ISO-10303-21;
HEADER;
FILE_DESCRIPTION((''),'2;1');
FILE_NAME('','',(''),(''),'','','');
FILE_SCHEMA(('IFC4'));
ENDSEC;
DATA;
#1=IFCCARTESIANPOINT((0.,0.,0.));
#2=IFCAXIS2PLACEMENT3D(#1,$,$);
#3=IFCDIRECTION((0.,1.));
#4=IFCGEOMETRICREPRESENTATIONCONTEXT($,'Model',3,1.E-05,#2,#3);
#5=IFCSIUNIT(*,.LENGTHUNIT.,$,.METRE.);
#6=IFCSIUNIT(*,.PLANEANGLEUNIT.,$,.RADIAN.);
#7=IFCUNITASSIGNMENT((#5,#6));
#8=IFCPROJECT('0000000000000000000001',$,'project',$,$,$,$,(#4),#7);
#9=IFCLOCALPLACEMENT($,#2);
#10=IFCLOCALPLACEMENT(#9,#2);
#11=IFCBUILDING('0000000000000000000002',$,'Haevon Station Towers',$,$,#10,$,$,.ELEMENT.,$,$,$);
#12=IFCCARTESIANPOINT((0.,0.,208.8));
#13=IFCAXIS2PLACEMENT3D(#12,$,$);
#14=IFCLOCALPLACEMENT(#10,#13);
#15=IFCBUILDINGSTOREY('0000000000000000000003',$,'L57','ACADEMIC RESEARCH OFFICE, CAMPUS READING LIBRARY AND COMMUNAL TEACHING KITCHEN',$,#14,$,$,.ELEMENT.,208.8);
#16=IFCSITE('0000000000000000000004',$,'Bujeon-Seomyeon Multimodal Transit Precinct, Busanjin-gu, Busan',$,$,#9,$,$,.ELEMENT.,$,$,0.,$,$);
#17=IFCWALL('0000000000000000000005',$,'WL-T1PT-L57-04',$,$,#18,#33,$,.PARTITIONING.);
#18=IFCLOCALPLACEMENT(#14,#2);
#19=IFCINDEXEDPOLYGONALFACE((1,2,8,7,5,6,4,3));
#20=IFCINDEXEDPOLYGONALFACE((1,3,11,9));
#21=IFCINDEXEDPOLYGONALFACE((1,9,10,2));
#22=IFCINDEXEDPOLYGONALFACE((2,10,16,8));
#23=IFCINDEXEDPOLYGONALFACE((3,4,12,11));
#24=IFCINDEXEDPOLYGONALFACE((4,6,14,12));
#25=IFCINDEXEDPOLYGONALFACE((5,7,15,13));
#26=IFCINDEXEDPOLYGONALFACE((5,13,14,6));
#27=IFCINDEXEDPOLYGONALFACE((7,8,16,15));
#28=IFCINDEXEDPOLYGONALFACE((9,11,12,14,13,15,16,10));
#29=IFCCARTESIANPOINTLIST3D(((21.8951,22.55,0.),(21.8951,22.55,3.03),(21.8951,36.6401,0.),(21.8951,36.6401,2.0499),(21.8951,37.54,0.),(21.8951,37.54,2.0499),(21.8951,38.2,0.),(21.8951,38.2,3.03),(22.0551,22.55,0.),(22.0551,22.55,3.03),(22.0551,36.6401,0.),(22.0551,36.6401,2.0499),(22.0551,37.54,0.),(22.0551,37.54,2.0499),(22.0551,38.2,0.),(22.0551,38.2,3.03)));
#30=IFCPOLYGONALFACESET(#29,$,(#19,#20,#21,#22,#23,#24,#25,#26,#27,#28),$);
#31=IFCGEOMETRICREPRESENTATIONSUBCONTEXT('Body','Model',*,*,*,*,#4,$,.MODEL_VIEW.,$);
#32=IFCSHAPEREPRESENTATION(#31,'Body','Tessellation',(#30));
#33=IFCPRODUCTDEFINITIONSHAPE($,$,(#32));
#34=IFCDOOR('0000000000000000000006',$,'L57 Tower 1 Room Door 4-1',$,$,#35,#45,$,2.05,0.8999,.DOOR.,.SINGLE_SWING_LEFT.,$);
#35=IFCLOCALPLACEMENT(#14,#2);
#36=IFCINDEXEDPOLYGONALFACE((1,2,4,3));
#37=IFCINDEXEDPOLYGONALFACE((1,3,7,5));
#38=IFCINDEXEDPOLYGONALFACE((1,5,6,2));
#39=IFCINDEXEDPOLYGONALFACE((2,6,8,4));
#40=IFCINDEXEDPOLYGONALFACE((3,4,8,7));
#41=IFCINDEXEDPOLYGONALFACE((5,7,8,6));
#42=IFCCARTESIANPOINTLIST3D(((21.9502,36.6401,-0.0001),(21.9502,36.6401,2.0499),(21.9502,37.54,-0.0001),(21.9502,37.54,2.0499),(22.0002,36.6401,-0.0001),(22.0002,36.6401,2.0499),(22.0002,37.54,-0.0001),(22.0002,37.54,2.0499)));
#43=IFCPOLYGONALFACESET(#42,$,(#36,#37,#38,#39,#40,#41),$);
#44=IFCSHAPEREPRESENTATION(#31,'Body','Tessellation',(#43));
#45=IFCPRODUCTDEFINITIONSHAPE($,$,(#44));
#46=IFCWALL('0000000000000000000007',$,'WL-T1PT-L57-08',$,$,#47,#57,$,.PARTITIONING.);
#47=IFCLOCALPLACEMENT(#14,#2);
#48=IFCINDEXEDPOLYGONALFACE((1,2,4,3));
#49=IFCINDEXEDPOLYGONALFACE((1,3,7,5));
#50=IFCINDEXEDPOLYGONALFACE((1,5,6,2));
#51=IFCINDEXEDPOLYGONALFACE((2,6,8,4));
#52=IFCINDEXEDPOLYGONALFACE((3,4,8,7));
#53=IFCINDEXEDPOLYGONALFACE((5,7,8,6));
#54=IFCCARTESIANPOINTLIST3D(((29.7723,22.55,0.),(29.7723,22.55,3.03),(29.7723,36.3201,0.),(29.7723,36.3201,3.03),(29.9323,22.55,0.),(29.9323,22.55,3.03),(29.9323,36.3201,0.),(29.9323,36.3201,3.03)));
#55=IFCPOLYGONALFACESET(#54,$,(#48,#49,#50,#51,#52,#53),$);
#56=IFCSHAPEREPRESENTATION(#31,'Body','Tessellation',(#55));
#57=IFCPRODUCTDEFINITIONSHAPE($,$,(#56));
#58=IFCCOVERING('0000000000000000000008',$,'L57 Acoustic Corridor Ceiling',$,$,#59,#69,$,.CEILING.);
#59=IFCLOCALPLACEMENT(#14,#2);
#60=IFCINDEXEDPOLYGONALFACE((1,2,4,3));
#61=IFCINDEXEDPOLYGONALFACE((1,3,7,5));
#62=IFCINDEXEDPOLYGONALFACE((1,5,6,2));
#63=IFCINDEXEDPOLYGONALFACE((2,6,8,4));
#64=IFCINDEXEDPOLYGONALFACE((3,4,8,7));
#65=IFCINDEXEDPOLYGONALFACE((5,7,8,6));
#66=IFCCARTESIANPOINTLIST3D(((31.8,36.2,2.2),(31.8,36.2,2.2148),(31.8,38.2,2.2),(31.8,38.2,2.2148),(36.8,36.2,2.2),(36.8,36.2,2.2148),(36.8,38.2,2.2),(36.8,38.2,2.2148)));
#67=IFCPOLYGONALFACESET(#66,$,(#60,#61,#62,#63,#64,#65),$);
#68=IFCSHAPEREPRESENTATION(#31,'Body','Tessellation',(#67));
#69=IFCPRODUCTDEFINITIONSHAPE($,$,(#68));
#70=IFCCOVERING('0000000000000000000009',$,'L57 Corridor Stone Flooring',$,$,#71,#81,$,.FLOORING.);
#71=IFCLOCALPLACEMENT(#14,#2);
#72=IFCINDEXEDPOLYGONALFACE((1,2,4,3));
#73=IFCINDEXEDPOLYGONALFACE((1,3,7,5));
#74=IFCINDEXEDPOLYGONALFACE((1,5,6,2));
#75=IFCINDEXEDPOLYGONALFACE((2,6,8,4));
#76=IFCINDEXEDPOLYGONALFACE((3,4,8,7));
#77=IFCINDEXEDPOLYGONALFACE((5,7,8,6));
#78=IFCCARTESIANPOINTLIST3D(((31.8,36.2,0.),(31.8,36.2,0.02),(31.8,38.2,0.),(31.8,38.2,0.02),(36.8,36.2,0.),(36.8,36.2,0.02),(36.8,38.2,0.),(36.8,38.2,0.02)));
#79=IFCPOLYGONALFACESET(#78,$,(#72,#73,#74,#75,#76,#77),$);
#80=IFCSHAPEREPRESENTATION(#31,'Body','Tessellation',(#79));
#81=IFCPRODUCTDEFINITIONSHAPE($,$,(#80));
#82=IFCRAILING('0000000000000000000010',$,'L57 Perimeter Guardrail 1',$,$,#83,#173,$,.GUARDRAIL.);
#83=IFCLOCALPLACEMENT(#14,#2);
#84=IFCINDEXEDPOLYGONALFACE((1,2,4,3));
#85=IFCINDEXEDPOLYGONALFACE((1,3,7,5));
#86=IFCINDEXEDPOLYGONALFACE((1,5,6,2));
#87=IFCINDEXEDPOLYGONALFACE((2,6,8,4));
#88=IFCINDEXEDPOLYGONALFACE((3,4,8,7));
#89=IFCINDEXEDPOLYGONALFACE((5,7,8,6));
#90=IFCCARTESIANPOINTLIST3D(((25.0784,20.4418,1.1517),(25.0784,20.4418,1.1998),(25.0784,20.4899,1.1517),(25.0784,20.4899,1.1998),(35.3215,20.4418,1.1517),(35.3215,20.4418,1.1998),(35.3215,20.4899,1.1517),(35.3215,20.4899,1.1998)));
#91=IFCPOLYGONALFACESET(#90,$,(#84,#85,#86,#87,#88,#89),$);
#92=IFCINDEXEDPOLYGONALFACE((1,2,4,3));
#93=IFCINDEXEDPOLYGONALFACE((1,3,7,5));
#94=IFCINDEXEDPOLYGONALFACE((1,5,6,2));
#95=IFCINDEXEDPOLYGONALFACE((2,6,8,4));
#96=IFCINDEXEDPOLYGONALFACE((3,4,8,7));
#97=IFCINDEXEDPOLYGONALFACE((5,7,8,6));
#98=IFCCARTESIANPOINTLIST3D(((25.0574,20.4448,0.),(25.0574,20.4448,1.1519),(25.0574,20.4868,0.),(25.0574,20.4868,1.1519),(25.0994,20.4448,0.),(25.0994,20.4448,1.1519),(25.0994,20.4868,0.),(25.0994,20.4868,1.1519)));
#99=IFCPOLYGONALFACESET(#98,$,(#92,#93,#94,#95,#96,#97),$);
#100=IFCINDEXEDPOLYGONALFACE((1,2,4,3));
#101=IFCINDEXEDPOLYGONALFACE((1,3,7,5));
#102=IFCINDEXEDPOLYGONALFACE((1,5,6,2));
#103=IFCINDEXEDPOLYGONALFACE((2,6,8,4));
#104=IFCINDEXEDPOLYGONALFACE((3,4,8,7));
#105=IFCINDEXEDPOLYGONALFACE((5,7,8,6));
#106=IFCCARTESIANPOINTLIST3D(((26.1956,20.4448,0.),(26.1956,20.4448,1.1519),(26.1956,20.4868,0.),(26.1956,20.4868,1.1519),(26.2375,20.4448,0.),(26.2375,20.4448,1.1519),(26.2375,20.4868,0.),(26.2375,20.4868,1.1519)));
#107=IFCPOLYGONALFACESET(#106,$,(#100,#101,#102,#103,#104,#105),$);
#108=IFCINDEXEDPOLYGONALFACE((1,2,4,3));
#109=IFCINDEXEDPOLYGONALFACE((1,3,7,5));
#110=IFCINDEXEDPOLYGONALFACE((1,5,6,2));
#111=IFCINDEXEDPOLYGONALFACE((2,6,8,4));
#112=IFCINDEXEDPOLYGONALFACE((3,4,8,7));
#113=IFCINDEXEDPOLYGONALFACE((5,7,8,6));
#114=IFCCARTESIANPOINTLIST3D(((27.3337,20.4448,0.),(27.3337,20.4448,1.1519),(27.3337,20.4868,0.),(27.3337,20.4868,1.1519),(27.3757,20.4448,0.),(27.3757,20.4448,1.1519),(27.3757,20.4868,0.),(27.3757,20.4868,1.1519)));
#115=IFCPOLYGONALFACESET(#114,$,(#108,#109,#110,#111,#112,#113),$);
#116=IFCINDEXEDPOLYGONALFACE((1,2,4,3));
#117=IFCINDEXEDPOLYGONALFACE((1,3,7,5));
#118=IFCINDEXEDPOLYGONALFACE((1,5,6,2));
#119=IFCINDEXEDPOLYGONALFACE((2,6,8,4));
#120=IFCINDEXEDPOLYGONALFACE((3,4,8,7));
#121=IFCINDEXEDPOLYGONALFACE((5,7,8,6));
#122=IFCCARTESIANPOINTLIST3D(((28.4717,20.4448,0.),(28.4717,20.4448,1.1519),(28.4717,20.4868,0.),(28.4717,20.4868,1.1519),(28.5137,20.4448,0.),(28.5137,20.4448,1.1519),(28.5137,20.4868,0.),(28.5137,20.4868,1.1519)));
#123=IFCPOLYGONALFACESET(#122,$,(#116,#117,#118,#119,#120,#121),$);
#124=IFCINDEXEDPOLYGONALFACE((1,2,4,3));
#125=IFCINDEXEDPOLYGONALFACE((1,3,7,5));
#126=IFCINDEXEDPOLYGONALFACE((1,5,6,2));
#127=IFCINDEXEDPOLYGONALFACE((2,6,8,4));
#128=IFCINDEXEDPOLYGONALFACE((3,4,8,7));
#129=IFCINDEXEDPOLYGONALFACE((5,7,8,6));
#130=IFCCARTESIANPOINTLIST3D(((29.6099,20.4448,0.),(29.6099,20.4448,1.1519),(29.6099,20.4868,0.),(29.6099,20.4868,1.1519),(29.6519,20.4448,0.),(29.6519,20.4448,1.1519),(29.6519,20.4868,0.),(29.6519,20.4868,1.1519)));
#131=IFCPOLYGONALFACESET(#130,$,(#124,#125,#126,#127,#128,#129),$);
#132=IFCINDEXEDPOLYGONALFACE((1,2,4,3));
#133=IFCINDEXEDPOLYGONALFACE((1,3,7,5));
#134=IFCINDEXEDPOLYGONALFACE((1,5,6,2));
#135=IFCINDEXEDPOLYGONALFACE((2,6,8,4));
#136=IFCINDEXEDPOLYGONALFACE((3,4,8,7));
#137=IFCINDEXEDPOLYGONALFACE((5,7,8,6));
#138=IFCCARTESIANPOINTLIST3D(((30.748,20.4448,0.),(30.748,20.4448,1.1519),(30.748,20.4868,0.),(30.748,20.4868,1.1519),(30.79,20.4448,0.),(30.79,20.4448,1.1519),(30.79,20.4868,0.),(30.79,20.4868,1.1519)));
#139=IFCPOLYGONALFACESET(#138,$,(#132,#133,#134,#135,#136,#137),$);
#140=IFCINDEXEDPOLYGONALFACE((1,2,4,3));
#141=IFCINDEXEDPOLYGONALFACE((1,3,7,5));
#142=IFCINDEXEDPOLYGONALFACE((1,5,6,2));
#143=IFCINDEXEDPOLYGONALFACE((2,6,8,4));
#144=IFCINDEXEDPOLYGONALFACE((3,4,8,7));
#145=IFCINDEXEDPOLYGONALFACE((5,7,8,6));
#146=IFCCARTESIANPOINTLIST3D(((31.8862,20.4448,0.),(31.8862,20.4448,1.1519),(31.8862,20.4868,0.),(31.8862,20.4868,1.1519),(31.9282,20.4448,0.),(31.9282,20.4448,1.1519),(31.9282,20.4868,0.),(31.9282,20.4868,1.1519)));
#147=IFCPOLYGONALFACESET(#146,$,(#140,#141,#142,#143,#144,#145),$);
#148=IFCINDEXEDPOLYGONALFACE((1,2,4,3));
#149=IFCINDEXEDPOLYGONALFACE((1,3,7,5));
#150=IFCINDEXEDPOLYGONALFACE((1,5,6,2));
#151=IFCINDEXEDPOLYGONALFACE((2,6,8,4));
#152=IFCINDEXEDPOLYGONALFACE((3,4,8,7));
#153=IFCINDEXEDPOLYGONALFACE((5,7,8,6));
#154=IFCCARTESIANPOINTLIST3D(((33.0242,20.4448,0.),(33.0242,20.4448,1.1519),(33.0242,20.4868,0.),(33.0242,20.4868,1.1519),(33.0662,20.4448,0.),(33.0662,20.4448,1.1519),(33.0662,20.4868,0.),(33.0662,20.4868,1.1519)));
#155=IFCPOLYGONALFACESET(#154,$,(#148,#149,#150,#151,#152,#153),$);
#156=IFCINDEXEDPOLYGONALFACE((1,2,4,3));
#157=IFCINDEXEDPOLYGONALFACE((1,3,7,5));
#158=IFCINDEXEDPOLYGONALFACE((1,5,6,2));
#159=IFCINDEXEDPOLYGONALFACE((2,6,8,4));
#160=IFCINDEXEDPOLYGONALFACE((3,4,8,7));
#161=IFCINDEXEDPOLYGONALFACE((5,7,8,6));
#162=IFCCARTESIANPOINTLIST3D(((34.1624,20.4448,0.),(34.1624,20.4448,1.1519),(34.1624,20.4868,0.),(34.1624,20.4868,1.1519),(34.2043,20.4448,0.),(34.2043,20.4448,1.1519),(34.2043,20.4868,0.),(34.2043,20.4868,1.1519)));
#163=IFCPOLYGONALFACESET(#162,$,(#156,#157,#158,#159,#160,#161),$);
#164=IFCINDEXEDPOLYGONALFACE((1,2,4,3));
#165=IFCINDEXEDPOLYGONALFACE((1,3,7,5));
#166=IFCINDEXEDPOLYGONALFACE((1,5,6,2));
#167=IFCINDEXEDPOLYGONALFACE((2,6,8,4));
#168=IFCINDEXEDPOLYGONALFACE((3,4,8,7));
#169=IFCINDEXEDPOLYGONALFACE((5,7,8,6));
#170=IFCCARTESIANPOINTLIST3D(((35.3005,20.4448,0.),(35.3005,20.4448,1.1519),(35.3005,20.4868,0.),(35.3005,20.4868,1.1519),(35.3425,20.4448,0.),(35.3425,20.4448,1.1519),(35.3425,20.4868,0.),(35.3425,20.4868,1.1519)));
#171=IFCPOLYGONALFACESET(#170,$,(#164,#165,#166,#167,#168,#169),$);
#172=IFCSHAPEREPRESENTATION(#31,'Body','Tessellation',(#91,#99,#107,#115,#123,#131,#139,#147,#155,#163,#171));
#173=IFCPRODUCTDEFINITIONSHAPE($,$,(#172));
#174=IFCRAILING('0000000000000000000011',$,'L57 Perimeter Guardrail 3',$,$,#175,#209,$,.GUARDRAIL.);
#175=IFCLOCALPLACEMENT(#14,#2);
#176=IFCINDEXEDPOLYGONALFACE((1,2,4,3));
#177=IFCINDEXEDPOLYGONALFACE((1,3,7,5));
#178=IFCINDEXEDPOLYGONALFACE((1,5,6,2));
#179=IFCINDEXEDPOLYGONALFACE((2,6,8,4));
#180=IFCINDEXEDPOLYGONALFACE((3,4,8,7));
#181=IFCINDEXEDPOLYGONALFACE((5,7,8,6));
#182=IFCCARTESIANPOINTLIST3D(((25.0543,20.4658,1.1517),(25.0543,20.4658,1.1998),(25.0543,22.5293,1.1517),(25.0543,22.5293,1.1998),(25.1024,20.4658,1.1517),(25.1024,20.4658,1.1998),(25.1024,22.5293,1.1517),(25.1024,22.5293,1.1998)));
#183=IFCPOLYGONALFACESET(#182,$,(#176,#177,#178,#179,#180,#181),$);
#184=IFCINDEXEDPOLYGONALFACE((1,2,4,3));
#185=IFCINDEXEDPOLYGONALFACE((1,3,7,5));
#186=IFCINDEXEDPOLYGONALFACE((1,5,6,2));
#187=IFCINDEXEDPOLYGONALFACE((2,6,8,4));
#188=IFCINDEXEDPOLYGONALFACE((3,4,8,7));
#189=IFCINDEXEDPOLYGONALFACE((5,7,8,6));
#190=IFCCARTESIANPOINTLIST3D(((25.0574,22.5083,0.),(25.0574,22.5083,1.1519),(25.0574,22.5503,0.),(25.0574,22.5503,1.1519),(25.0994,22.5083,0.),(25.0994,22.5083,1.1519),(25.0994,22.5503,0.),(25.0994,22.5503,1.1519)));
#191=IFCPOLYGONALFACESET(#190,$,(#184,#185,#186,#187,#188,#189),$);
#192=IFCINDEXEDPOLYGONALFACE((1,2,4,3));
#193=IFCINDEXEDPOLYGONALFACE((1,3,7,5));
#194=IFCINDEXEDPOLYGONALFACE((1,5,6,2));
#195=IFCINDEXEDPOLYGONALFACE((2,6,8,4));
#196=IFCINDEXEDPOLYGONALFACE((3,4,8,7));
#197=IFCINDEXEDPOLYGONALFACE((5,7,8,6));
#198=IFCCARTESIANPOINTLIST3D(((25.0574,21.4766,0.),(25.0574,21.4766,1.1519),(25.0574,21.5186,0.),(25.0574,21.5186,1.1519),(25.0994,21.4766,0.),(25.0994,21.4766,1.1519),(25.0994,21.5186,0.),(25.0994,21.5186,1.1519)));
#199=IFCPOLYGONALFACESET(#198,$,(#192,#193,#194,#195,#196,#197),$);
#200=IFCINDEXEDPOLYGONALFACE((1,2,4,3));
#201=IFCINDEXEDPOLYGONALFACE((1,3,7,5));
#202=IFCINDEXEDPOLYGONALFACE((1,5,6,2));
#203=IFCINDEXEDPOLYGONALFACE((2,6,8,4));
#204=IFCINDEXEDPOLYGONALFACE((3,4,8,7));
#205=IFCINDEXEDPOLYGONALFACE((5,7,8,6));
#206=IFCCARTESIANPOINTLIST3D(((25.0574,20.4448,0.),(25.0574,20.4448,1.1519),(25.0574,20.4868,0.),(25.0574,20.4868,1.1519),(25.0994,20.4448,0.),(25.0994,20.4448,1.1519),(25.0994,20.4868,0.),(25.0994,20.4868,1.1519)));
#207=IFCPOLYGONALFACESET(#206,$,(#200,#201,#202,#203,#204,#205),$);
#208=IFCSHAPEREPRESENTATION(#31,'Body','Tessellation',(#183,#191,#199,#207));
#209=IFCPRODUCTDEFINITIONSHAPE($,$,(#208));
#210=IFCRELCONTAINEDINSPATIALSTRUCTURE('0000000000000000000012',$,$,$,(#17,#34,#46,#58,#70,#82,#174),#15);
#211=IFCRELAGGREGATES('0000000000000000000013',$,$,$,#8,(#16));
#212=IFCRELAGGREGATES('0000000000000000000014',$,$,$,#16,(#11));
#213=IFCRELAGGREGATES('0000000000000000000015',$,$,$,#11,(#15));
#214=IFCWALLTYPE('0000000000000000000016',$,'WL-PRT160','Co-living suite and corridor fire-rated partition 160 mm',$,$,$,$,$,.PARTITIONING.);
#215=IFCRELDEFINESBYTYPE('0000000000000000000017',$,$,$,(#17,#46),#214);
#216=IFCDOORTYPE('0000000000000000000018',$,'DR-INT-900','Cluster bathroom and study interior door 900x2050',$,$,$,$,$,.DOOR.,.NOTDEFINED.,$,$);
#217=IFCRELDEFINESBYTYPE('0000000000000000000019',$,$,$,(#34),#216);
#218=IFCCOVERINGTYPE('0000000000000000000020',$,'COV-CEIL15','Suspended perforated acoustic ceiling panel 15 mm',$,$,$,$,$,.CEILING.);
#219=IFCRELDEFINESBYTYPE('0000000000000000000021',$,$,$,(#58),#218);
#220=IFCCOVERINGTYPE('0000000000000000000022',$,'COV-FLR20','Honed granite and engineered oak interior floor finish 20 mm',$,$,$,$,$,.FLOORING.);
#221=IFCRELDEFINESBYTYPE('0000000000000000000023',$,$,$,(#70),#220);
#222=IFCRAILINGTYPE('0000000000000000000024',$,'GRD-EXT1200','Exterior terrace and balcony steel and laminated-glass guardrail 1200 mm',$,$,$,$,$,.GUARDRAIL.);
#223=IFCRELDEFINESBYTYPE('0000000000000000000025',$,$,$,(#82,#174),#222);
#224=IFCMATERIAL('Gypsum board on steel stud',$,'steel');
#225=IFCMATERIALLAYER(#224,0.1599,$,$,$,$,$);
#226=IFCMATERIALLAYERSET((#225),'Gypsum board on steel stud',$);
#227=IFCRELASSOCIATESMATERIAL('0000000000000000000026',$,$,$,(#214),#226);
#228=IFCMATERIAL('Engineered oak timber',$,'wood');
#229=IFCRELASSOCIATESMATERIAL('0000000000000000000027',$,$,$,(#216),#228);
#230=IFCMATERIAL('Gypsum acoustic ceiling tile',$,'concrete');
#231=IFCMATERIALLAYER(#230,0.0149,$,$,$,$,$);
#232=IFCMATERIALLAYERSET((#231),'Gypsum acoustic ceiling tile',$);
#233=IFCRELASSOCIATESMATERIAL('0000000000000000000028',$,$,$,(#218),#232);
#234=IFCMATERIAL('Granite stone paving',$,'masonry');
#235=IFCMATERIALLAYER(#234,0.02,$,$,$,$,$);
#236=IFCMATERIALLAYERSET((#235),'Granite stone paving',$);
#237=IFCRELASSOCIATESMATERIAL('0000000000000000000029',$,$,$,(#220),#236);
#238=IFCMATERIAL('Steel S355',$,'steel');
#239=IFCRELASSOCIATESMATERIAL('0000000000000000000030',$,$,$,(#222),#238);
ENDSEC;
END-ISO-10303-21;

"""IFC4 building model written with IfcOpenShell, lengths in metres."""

from ifc_helpers import new_model, si_unit, direction, frame, frame_2d, origin, origin_2d, place, context, subcontext, project, spatial, polyline, rectangle, outline, extrude, material, layer, layer_set, type_object, element, fill, save


model = new_model("IFC4")

# Units and contexts
model_context = context("Model", 3, precision=1e-05, world=origin(), true_north=direction((0.0, 1.0)))
body_context = subcontext(model_context, "Body", "Model", "MODEL_VIEW")
ifc_project = project(units=[si_unit("LENGTHUNIT", "METRE"), si_unit("PLANEANGLEUNIT", "RADIAN")], contexts=[model_context])

# Site, building, storey
site_placement = place(None, origin())
site = spatial("IfcSite", under=ifc_project, at=site_placement, Name="Bujeon-Seomyeon Multimodal Transit Precinct, Busanjin-gu, Busan", CompositionType="ELEMENT", RefElevation=0.0)
building_placement = place(site_placement, origin())
building = spatial("IfcBuilding", under=site, at=building_placement, Name="Haevon Station Towers", CompositionType="ELEMENT")
storey_placement = place(building_placement, frame((0.0, 0.0, 208.8)))
storey = spatial("IfcBuildingStorey", under=building, at=storey_placement, Name="L57", Description="ACADEMIC RESEARCH OFFICE, CAMPUS READING LIBRARY AND COMMUNAL TEACHING KITCHEN", CompositionType="ELEMENT", Elevation=208.8)

# Shared definitions
ifc_material_1 = material(Name="Steel S355", Category="steel")

# Shared definitions
ifc_material_2 = material(Name="Gypsum board on steel stud", Category="steel")
ifc_layer_1 = layer(ifc_material_2, 0.1599)
ifc_layer_set_1 = layer_set([ifc_layer_1], Name="Gypsum board on steel stud")
wall_type_1 = type_object("IfcWallType", Name="WL-PRT160", Description="Co-living suite and corridor fire-rated partition 160 mm", PredefinedType="PARTITIONING", material=ifc_layer_set_1)

# Wall, opening, door
wall_1_placement = place(storey_placement, frame((21.9751, 22.55, 0.0), z_axis=(0.0, 0.0, 1.0), x_axis=(0.0, 1.0, 0.0)))
wall_1 = element("IfcWall", 1, at=wall_1_placement, inside=storey, type_object=wall_type_1, Name="WL-T1PT-L57-04", PredefinedType="PARTITIONING", context=body_context, shape_type="SweptSolid", body=[
    extrude(rectangle(XDim=15.6499, YDim=0.1599, at=frame_2d((7.825, 0.0))), origin(), (0.0, 0.0, 1.0), 3.03),
])
opening_placement = place(wall_1_placement, frame((14.0901, 0.0, 0.0)))
opening = element("IfcOpeningElement", 2, at=opening_placement, cuts=wall_1, PredefinedType="OPENING", context=body_context, shape_type="SweptSolid", body=[
    extrude(rectangle(XDim=0.8999, YDim=2.05, at=frame_2d((0.45, 1.0249))), frame((0.0, 0.0898, 0.0), z_axis=(0.0, -1.0, 0.0), x_axis=(1.0, 0.0, 0.0)), (0.0, 0.0, 1.0), 0.1799),
])
ifc_material_3 = material(Name="Engineered oak timber", Category="wood")
door_type = type_object("IfcDoorType", Name="DR-INT-900", Description="Cluster bathroom and study interior door 900x2050", OperationType="NOTDEFINED", PredefinedType="DOOR", material=ifc_material_3)
door_placement = place(opening_placement, origin())
door = element("IfcDoor", 3, at=door_placement, inside=storey, type_object=door_type, Name="L57 Tower 1 Room Door 4-1", OperationType="SINGLE_SWING_LEFT", OverallHeight=2.05, OverallWidth=0.8999, PredefinedType="DOOR", context=body_context, shape_type="SweptSolid", body=[
    extrude(rectangle(XDim=0.8999, YDim=2.05, at=frame_2d((0.45, 1.0249))), frame((0.0, 0.0249, 0.0), z_axis=(0.0, -1.0, 0.0), x_axis=(1.0, 0.0, 0.0)), (0.0, 0.0, 1.0), 0.05),
])
fill(opening, door)

# Wall
wall_2_placement = place(storey_placement, frame((29.8523, 22.55, 0.0), z_axis=(0.0, 0.0, 1.0), x_axis=(0.0, 1.0, 0.0)))
element("IfcWall", 4, at=wall_2_placement, inside=storey, type_object=wall_type_1, Name="WL-T1PT-L57-08", PredefinedType="PARTITIONING", context=body_context, shape_type="SweptSolid", body=[
    extrude(rectangle(XDim=13.77, YDim=0.1599, at=frame_2d((6.885, 0.0))), origin(), (0.0, 0.0, 1.0), 3.03),
])

# Coverings
ifc_material_4 = material(Name="Gypsum acoustic ceiling tile", Category="concrete")
ifc_layer_2 = layer(ifc_material_4, 0.0149)
ifc_layer_set_2 = layer_set([ifc_layer_2], Name="Gypsum acoustic ceiling tile")
covering_type_1 = type_object("IfcCoveringType", Name="COV-CEIL15", Description="Suspended perforated acoustic ceiling panel 15 mm", PredefinedType="CEILING", material=ifc_layer_set_2)
covering_1_placement = place(storey_placement, frame((0.0, 0.0, 2.2)))
element("IfcCovering", 5, at=covering_1_placement, inside=storey, type_object=covering_type_1, Name="L57 Acoustic Corridor Ceiling", PredefinedType="CEILING", context=body_context, shape_type="SweptSolid", body=[
    extrude(outline(polyline([(31.8, 36.2), (36.8, 36.2), (36.8, 38.2), (31.8, 38.2), (31.8, 36.2)])), origin(), (0.0, 0.0, 1.0), 0.0149),
])
ifc_material_5 = material(Name="Granite stone paving", Category="masonry")
ifc_layer_3 = layer(ifc_material_5, 0.02)
ifc_layer_set_3 = layer_set([ifc_layer_3], Name="Granite stone paving")
covering_type_2 = type_object("IfcCoveringType", Name="COV-FLR20", Description="Honed granite and engineered oak interior floor finish 20 mm", PredefinedType="FLOORING", material=ifc_layer_set_3)
covering_2_placement = place(storey_placement, origin())
element("IfcCovering", 6, at=covering_2_placement, inside=storey, type_object=covering_type_2, Name="L57 Corridor Stone Flooring", PredefinedType="FLOORING", context=body_context, shape_type="SweptSolid", body=[
    extrude(outline(polyline([(31.8, 36.2), (36.8, 36.2), (36.8, 38.2), (31.8, 38.2), (31.8, 36.2)])), origin(), (0.0, 0.0, 1.0), 0.02),
])

# Railings
railing_type = type_object("IfcRailingType", Name="GRD-EXT1200", Description="Exterior terrace and balcony steel and laminated-glass guardrail 1200 mm", PredefinedType="GUARDRAIL", material=ifc_material_1)
railing_1_placement = place(storey_placement, frame((25.0784, 20.4658, 0.0)))
element("IfcRailing", 7, at=railing_1_placement, inside=storey, type_object=railing_type, Name="L57 Perimeter Guardrail 1", PredefinedType="GUARDRAIL", context=body_context, shape_type="SweptSolid", body=[
    extrude(rectangle(XDim=0.0481, YDim=0.0481, at=origin_2d()), frame((0.0, 0.0, 1.1758), z_axis=(1.0, 0.0, 0.0), x_axis=(0.0, 1.0, 0.0)), (0.0, 0.0, 1.0), 10.2432),
    extrude(rectangle(XDim=0.042, YDim=0.042, at=origin_2d()), origin(), (0.0, 0.0, 1.0), 1.1519),
    extrude(rectangle(XDim=0.042, YDim=0.042, at=origin_2d()), frame((1.1382, 0.0, 0.0)), (0.0, 0.0, 1.0), 1.1519),
    extrude(rectangle(XDim=0.042, YDim=0.042, at=origin_2d()), frame((2.2764, 0.0, 0.0)), (0.0, 0.0, 1.0), 1.1519),
    extrude(rectangle(XDim=0.042, YDim=0.042, at=origin_2d()), frame((3.4143, 0.0, 0.0)), (0.0, 0.0, 1.0), 1.1519),
    extrude(rectangle(XDim=0.042, YDim=0.042, at=origin_2d()), frame((4.5525, 0.0, 0.0)), (0.0, 0.0, 1.0), 1.1519),
    extrude(rectangle(XDim=0.042, YDim=0.042, at=origin_2d()), frame((5.6907, 0.0, 0.0)), (0.0, 0.0, 1.0), 1.1519),
    extrude(rectangle(XDim=0.042, YDim=0.042, at=origin_2d()), frame((6.8289, 0.0, 0.0)), (0.0, 0.0, 1.0), 1.1519),
    extrude(rectangle(XDim=0.042, YDim=0.042, at=origin_2d()), frame((7.9668, 0.0, 0.0)), (0.0, 0.0, 1.0), 1.1519),
    extrude(rectangle(XDim=0.042, YDim=0.042, at=origin_2d()), frame((9.105, 0.0, 0.0)), (0.0, 0.0, 1.0), 1.1519),
    extrude(rectangle(XDim=0.042, YDim=0.042, at=origin_2d()), frame((10.2432, 0.0, 0.0)), (0.0, 0.0, 1.0), 1.1519),
])
railing_2_placement = place(storey_placement, frame((25.0784, 22.5293, 0.0)))
element("IfcRailing", 8, at=railing_2_placement, inside=storey, type_object=railing_type, Name="L57 Perimeter Guardrail 3", PredefinedType="GUARDRAIL", context=body_context, shape_type="SweptSolid", body=[
    extrude(rectangle(XDim=0.0481, YDim=0.0481, at=origin_2d()), frame((0.0, 0.0, 1.1758), z_axis=(0.0, -1.0, 0.0), x_axis=(1.0, 0.0, 0.0)), (0.0, 0.0, 1.0), 2.0635),
    extrude(rectangle(XDim=0.042, YDim=0.042, at=origin_2d()), origin(), (0.0, 0.0, 1.0), 1.1519),
    extrude(rectangle(XDim=0.042, YDim=0.042, at=origin_2d()), frame((0.0, -1.0317, 0.0)), (0.0, 0.0, 1.0), 1.1519),
    extrude(rectangle(XDim=0.042, YDim=0.042, at=origin_2d()), frame((0.0, -2.0635, 0.0)), (0.0, 0.0, 1.0), 1.1519),
])

save(model, "model.ifc")
